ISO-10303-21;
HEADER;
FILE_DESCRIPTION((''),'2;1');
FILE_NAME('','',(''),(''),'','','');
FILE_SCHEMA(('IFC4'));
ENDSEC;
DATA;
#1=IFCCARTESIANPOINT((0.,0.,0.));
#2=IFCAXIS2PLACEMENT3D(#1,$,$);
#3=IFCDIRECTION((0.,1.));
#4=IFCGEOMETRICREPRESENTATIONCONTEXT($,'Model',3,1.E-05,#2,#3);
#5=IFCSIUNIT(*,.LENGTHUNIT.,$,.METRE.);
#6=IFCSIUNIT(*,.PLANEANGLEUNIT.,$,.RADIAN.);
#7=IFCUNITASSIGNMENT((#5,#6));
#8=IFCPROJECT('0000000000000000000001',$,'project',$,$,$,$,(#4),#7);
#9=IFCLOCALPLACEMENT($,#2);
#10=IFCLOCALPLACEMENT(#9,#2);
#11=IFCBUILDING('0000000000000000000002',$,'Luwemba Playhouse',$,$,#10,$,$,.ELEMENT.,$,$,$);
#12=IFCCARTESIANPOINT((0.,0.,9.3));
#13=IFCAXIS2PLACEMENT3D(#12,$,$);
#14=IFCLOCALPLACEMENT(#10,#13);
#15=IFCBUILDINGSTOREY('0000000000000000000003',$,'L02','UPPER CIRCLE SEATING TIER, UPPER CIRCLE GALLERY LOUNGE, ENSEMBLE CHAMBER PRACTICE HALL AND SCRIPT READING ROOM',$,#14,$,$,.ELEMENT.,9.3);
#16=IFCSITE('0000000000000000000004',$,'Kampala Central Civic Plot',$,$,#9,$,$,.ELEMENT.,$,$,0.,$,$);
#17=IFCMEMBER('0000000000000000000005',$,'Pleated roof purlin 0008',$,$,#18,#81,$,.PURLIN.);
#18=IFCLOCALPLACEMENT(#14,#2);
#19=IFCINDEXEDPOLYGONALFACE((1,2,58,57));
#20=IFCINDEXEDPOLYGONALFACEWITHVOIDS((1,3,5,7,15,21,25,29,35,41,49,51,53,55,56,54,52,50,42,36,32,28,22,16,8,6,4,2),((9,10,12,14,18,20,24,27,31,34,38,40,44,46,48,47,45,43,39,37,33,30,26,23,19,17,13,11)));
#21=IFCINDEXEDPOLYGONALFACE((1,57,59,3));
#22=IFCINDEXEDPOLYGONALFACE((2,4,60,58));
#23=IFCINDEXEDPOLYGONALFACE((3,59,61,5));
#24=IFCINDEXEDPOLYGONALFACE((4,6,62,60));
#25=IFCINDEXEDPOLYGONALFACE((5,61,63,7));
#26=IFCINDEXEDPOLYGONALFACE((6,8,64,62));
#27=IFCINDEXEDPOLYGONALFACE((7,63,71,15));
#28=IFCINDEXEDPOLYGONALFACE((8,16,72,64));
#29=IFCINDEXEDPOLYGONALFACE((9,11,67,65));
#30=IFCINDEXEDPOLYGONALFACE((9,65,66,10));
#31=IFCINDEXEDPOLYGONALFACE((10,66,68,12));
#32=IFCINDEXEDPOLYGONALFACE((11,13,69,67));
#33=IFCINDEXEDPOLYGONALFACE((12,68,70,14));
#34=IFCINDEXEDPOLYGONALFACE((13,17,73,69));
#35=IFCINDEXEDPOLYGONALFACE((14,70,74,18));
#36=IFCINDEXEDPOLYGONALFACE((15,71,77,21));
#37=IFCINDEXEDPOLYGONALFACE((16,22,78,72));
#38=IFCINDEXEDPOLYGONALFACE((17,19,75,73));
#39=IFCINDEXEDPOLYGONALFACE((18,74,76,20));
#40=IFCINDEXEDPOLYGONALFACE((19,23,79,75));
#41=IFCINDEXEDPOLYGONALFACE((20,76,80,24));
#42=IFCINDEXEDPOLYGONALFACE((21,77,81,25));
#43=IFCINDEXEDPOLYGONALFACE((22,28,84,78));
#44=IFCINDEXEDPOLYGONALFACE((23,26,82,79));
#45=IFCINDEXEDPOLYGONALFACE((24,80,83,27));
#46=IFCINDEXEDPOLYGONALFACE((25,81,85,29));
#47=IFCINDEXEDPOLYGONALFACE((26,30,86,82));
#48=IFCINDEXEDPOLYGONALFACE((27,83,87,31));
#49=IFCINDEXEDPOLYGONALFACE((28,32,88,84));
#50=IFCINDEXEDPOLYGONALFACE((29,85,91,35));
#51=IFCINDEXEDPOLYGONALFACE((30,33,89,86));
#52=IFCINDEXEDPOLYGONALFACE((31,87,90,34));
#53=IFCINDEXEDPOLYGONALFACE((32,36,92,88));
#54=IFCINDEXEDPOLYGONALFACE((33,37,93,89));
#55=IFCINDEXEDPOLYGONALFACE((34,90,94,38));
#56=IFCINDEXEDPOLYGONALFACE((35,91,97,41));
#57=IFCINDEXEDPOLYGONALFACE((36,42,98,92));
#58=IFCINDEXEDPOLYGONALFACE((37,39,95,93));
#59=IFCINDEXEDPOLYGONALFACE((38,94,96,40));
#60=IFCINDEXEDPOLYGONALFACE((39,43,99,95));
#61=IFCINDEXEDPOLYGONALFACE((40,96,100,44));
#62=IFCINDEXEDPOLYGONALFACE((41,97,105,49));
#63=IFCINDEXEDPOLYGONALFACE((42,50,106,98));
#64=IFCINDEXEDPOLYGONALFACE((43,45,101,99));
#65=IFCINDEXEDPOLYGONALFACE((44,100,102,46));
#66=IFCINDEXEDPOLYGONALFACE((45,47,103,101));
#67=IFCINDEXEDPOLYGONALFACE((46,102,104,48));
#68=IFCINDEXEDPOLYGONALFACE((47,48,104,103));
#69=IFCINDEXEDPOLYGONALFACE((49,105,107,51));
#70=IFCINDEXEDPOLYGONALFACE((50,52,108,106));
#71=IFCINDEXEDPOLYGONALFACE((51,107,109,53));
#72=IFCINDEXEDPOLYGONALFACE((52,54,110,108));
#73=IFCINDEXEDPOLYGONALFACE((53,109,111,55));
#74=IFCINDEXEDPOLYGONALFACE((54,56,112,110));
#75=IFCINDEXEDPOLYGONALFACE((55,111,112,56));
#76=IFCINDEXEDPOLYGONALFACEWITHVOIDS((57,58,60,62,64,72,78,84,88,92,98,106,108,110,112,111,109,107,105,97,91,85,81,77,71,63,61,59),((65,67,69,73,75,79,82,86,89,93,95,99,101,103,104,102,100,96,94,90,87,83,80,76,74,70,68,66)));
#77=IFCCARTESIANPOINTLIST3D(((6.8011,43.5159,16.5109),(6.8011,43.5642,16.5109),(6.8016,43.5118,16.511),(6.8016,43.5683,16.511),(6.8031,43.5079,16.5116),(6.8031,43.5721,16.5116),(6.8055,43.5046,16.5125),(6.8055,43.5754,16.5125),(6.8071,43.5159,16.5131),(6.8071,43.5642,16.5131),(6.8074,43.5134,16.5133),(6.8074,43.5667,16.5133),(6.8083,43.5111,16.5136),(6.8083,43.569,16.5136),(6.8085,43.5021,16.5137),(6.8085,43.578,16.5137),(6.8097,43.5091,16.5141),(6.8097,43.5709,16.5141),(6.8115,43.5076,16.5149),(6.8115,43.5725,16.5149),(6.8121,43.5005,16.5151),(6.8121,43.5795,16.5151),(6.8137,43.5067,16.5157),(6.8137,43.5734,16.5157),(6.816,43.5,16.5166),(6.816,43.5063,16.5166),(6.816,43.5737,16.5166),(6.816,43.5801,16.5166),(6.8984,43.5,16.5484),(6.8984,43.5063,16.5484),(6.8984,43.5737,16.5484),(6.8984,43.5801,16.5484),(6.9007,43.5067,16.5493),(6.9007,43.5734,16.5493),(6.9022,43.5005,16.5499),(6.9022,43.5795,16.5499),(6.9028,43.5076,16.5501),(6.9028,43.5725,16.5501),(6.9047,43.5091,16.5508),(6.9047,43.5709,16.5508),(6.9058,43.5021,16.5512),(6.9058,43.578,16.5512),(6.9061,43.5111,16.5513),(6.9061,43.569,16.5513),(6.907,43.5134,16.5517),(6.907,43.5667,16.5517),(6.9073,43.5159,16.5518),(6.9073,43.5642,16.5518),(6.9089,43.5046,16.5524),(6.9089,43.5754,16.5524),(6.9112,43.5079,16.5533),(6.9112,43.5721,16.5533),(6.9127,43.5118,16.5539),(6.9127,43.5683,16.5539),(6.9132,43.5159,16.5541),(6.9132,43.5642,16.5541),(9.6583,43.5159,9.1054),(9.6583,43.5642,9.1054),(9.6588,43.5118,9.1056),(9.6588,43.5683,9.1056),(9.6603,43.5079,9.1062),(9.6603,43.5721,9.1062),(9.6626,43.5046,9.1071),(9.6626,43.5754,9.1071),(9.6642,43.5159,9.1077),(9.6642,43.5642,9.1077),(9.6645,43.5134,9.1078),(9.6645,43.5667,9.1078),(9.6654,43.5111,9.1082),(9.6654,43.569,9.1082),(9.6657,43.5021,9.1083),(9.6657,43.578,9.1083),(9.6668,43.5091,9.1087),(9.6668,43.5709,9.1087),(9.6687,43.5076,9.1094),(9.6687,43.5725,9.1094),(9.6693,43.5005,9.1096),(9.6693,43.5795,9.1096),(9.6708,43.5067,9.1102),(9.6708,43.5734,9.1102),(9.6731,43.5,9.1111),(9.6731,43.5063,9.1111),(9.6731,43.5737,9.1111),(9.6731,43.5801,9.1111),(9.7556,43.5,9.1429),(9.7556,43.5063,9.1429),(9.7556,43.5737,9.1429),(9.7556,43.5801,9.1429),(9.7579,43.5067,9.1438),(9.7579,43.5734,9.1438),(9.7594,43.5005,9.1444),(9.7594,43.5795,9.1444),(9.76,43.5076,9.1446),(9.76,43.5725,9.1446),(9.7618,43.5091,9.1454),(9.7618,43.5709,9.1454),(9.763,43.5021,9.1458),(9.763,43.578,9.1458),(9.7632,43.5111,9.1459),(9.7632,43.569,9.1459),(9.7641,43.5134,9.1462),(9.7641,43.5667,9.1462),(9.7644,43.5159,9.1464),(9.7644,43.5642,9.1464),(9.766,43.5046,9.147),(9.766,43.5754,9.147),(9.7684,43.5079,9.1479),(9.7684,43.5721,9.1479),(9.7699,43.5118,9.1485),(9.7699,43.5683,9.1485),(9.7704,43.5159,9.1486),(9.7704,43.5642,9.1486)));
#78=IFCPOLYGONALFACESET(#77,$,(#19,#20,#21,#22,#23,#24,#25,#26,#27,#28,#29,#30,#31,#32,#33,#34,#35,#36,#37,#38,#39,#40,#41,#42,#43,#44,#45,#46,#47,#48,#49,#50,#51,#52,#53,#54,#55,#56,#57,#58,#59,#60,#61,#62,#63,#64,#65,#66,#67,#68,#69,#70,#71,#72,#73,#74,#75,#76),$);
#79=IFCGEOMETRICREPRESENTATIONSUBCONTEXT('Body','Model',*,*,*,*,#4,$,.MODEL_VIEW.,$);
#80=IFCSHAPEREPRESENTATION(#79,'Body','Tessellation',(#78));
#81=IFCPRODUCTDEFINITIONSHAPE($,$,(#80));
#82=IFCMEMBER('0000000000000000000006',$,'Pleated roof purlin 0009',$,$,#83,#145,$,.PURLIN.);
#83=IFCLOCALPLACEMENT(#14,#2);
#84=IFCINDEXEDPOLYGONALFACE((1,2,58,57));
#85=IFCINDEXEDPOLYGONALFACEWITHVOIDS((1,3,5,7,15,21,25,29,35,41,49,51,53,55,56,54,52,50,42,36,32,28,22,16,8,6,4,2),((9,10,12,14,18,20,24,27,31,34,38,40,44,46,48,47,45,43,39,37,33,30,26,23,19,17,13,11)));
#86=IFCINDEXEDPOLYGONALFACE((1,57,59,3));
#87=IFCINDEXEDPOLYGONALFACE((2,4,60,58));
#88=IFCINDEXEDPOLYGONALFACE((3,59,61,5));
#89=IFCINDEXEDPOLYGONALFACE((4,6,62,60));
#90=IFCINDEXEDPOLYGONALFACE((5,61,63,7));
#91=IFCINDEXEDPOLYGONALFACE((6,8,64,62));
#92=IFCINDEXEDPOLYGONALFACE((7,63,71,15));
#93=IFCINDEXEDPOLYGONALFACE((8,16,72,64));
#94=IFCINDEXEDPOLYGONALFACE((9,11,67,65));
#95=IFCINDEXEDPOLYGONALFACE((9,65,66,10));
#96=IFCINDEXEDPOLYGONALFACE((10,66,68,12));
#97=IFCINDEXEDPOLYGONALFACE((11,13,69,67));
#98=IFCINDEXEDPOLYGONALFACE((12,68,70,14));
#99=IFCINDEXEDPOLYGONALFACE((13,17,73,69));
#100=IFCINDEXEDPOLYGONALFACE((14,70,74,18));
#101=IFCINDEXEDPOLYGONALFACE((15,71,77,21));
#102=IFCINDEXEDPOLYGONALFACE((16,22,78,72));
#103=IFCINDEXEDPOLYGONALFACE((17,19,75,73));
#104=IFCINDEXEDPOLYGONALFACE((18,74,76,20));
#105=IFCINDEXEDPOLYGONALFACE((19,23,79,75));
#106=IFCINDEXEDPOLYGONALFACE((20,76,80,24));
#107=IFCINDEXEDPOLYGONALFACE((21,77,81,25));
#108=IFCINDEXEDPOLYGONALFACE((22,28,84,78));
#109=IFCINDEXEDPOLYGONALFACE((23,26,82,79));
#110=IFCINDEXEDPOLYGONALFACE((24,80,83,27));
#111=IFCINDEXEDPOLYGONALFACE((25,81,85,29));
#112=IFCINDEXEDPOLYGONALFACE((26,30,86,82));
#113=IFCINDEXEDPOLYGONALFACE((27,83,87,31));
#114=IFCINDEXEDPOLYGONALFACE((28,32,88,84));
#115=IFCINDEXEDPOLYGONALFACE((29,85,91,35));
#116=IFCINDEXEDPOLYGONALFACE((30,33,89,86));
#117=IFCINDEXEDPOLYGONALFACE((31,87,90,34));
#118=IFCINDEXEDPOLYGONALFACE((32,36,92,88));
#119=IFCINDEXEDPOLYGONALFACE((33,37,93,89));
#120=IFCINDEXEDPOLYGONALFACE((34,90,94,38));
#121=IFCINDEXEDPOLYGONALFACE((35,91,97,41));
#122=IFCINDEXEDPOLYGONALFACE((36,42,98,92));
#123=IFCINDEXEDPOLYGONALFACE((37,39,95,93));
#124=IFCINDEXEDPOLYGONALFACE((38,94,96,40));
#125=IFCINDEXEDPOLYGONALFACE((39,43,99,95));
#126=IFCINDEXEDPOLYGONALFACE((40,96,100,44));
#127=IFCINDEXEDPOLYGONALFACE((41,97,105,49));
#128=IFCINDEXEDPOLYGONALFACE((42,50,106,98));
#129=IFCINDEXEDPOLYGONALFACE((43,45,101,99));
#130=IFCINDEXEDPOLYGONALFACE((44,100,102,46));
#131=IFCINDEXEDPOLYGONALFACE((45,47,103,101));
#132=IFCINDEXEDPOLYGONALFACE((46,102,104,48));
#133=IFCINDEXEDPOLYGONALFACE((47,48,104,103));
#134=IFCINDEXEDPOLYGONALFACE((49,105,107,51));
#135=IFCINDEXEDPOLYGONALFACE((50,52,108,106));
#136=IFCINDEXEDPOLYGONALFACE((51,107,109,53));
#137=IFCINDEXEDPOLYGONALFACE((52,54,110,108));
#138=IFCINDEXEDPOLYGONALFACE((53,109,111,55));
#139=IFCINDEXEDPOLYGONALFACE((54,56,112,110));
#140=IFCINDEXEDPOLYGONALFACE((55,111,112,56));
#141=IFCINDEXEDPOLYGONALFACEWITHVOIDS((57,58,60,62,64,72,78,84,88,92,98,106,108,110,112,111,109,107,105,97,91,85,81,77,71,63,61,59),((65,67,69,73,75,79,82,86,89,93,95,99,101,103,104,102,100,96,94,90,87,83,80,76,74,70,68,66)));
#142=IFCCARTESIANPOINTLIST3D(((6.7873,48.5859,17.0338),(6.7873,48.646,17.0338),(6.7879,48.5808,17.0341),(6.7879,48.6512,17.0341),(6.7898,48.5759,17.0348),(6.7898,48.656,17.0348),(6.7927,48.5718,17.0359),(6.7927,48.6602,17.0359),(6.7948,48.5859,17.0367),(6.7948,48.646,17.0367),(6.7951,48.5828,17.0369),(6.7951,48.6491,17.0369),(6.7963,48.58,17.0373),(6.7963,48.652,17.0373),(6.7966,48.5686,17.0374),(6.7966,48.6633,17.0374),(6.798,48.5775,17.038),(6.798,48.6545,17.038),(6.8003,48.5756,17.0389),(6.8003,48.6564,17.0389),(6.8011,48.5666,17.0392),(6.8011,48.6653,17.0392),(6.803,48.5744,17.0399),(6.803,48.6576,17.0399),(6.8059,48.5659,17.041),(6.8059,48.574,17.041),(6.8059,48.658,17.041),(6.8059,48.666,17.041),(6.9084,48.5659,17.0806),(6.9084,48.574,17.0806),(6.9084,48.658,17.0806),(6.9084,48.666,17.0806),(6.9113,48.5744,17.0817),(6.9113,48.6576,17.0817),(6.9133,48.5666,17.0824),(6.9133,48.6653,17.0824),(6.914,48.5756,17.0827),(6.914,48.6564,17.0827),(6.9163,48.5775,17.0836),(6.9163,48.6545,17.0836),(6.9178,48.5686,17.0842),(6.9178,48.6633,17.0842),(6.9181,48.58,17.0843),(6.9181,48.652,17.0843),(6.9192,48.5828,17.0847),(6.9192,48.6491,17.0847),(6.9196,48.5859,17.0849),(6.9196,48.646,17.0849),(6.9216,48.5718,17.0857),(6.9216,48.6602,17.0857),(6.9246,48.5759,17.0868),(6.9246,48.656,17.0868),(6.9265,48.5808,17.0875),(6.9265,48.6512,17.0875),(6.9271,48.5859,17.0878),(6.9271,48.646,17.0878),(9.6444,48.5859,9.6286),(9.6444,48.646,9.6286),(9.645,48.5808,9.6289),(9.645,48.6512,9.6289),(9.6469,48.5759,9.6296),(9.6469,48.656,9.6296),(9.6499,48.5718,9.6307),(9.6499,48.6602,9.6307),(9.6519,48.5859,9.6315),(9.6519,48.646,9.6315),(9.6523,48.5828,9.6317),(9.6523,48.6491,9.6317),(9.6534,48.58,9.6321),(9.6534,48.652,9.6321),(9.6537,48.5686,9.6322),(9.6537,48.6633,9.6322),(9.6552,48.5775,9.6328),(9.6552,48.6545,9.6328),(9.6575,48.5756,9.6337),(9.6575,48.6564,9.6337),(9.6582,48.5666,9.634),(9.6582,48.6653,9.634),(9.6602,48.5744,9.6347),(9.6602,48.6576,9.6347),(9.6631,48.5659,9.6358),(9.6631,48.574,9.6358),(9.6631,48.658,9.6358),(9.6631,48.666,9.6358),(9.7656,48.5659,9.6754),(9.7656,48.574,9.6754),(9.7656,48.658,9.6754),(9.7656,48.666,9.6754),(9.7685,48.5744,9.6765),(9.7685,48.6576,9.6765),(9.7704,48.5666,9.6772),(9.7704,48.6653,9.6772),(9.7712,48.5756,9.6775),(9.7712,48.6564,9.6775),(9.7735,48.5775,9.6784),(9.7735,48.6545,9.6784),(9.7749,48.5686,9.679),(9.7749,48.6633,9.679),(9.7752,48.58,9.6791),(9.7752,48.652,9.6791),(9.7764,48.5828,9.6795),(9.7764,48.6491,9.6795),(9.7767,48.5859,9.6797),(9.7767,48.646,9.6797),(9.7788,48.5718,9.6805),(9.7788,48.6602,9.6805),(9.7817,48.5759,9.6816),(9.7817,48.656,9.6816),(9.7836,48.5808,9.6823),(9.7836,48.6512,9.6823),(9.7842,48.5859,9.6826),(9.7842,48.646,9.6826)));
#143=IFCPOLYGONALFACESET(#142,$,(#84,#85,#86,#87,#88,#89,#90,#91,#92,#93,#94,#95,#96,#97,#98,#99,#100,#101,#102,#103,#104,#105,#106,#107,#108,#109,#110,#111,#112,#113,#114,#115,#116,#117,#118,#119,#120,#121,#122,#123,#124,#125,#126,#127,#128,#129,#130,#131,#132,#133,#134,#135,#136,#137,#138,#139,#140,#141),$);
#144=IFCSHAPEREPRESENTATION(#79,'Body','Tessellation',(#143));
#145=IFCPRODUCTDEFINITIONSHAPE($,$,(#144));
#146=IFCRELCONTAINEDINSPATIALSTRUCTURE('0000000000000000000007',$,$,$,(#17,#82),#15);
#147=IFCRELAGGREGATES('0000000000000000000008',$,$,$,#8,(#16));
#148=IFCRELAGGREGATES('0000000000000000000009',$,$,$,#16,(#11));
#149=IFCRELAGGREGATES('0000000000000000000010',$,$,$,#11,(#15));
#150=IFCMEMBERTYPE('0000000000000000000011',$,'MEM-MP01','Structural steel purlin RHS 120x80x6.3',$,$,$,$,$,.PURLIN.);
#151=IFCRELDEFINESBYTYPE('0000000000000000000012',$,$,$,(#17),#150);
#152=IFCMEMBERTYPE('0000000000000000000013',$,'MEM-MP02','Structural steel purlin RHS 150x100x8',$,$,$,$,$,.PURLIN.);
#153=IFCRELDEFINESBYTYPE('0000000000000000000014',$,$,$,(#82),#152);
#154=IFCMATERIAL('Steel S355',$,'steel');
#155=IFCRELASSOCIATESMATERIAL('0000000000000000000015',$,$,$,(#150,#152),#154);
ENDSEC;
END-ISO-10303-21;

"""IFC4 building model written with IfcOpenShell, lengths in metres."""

from ifc_helpers import new_model, si_unit, direction, frame, origin, origin_2d, place, context, subcontext, project, spatial, hollow_rectangle, extrude, material, material_profile, profile_set, type_object, element, save


model = new_model("IFC4")

# Units and contexts
model_context = context("Model", 3, precision=1e-05, world=origin(), true_north=direction((0.0, 1.0)))
body_context = subcontext(model_context, "Body", "Model", "MODEL_VIEW")
ifc_project = project(units=[si_unit("LENGTHUNIT", "METRE"), si_unit("PLANEANGLEUNIT", "RADIAN")], contexts=[model_context])

# Site, building, storey
site_placement = place(None, origin())
site = spatial("IfcSite", under=ifc_project, at=site_placement, Name="Kampala Central Civic Plot", CompositionType="ELEMENT", RefElevation=0.0)
building_placement = place(site_placement, origin())
building = spatial("IfcBuilding", under=site, at=building_placement, Name="Luwemba Playhouse", CompositionType="ELEMENT")
storey_placement = place(building_placement, frame((0.0, 0.0, 9.3)))
storey = spatial("IfcBuildingStorey", under=building, at=storey_placement, Name="L02", Description="UPPER CIRCLE SEATING TIER, UPPER CIRCLE GALLERY LOUNGE, ENSEMBLE CHAMBER PRACTICE HALL AND SCRIPT READING ROOM", CompositionType="ELEMENT", Elevation=9.3)

# Shared definitions
ifc_material_1 = material(Name="Steel S355", Category="steel")

# Members
ifc_material_profile_1 = material_profile(ifc_material_1, hollow_rectangle(XDim=0.0801, YDim=0.1201, WallThickness=0.0063, InnerFilletRadius=0.0095, OuterFilletRadius=0.0159, at=origin_2d()))
ifc_profile_set_1 = profile_set([ifc_material_profile_1], Name="Steel S355")
member_type_1 = type_object("IfcMemberType", Name="MEM-MP01", Description="Structural steel purlin RHS 120x80x6.3", PredefinedType="PURLIN", material=ifc_profile_set_1)
member_1_placement = place(storey_placement, frame((6.8572, 43.54, 16.5325), z_axis=(0.359956, 0.0, -0.932969), x_axis=(0.0, 1.0, 0.0)))
element("IfcMember", 1, at=member_1_placement, inside=storey, type_object=member_type_1, Name="Pleated roof purlin 0008", PredefinedType="PURLIN", context=body_context, shape_type="SweptSolid", body=[
    extrude(hollow_rectangle(XDim=0.0801, YDim=0.1201, WallThickness=0.0063, InnerFilletRadius=0.0095, OuterFilletRadius=0.0159, at=origin_2d()), origin(), (0.0, 0.0, 1.0), 7.9375),
])
ifc_material_profile_2 = material_profile(ifc_material_1, hollow_rectangle(XDim=0.1001, YDim=0.1499, WallThickness=0.0081, InnerFilletRadius=0.012, OuterFilletRadius=0.02, at=origin_2d()))
ifc_profile_set_2 = profile_set([ifc_material_profile_2], Name="Steel S355")
member_type_2 = type_object("IfcMemberType", Name="MEM-MP02", Description="Structural steel purlin RHS 150x100x8", PredefinedType="PURLIN", material=ifc_profile_set_2)
member_2_placement = place(storey_placement, frame((6.8572, 48.616, 17.0608), z_axis=(0.359966, 0.0, -0.932965), x_axis=(0.0, 1.0, 0.0)))
element("IfcMember", 2, at=member_2_placement, inside=storey, type_object=member_type_2, Name="Pleated roof purlin 0009", PredefinedType="PURLIN", context=body_context, shape_type="SweptSolid", body=[
    extrude(hollow_rectangle(XDim=0.1001, YDim=0.1499, WallThickness=0.0081, InnerFilletRadius=0.012, OuterFilletRadius=0.02, at=origin_2d()), origin(), (0.0, 0.0, 1.0), 7.9373),
])

save(model, "model.ifc")
